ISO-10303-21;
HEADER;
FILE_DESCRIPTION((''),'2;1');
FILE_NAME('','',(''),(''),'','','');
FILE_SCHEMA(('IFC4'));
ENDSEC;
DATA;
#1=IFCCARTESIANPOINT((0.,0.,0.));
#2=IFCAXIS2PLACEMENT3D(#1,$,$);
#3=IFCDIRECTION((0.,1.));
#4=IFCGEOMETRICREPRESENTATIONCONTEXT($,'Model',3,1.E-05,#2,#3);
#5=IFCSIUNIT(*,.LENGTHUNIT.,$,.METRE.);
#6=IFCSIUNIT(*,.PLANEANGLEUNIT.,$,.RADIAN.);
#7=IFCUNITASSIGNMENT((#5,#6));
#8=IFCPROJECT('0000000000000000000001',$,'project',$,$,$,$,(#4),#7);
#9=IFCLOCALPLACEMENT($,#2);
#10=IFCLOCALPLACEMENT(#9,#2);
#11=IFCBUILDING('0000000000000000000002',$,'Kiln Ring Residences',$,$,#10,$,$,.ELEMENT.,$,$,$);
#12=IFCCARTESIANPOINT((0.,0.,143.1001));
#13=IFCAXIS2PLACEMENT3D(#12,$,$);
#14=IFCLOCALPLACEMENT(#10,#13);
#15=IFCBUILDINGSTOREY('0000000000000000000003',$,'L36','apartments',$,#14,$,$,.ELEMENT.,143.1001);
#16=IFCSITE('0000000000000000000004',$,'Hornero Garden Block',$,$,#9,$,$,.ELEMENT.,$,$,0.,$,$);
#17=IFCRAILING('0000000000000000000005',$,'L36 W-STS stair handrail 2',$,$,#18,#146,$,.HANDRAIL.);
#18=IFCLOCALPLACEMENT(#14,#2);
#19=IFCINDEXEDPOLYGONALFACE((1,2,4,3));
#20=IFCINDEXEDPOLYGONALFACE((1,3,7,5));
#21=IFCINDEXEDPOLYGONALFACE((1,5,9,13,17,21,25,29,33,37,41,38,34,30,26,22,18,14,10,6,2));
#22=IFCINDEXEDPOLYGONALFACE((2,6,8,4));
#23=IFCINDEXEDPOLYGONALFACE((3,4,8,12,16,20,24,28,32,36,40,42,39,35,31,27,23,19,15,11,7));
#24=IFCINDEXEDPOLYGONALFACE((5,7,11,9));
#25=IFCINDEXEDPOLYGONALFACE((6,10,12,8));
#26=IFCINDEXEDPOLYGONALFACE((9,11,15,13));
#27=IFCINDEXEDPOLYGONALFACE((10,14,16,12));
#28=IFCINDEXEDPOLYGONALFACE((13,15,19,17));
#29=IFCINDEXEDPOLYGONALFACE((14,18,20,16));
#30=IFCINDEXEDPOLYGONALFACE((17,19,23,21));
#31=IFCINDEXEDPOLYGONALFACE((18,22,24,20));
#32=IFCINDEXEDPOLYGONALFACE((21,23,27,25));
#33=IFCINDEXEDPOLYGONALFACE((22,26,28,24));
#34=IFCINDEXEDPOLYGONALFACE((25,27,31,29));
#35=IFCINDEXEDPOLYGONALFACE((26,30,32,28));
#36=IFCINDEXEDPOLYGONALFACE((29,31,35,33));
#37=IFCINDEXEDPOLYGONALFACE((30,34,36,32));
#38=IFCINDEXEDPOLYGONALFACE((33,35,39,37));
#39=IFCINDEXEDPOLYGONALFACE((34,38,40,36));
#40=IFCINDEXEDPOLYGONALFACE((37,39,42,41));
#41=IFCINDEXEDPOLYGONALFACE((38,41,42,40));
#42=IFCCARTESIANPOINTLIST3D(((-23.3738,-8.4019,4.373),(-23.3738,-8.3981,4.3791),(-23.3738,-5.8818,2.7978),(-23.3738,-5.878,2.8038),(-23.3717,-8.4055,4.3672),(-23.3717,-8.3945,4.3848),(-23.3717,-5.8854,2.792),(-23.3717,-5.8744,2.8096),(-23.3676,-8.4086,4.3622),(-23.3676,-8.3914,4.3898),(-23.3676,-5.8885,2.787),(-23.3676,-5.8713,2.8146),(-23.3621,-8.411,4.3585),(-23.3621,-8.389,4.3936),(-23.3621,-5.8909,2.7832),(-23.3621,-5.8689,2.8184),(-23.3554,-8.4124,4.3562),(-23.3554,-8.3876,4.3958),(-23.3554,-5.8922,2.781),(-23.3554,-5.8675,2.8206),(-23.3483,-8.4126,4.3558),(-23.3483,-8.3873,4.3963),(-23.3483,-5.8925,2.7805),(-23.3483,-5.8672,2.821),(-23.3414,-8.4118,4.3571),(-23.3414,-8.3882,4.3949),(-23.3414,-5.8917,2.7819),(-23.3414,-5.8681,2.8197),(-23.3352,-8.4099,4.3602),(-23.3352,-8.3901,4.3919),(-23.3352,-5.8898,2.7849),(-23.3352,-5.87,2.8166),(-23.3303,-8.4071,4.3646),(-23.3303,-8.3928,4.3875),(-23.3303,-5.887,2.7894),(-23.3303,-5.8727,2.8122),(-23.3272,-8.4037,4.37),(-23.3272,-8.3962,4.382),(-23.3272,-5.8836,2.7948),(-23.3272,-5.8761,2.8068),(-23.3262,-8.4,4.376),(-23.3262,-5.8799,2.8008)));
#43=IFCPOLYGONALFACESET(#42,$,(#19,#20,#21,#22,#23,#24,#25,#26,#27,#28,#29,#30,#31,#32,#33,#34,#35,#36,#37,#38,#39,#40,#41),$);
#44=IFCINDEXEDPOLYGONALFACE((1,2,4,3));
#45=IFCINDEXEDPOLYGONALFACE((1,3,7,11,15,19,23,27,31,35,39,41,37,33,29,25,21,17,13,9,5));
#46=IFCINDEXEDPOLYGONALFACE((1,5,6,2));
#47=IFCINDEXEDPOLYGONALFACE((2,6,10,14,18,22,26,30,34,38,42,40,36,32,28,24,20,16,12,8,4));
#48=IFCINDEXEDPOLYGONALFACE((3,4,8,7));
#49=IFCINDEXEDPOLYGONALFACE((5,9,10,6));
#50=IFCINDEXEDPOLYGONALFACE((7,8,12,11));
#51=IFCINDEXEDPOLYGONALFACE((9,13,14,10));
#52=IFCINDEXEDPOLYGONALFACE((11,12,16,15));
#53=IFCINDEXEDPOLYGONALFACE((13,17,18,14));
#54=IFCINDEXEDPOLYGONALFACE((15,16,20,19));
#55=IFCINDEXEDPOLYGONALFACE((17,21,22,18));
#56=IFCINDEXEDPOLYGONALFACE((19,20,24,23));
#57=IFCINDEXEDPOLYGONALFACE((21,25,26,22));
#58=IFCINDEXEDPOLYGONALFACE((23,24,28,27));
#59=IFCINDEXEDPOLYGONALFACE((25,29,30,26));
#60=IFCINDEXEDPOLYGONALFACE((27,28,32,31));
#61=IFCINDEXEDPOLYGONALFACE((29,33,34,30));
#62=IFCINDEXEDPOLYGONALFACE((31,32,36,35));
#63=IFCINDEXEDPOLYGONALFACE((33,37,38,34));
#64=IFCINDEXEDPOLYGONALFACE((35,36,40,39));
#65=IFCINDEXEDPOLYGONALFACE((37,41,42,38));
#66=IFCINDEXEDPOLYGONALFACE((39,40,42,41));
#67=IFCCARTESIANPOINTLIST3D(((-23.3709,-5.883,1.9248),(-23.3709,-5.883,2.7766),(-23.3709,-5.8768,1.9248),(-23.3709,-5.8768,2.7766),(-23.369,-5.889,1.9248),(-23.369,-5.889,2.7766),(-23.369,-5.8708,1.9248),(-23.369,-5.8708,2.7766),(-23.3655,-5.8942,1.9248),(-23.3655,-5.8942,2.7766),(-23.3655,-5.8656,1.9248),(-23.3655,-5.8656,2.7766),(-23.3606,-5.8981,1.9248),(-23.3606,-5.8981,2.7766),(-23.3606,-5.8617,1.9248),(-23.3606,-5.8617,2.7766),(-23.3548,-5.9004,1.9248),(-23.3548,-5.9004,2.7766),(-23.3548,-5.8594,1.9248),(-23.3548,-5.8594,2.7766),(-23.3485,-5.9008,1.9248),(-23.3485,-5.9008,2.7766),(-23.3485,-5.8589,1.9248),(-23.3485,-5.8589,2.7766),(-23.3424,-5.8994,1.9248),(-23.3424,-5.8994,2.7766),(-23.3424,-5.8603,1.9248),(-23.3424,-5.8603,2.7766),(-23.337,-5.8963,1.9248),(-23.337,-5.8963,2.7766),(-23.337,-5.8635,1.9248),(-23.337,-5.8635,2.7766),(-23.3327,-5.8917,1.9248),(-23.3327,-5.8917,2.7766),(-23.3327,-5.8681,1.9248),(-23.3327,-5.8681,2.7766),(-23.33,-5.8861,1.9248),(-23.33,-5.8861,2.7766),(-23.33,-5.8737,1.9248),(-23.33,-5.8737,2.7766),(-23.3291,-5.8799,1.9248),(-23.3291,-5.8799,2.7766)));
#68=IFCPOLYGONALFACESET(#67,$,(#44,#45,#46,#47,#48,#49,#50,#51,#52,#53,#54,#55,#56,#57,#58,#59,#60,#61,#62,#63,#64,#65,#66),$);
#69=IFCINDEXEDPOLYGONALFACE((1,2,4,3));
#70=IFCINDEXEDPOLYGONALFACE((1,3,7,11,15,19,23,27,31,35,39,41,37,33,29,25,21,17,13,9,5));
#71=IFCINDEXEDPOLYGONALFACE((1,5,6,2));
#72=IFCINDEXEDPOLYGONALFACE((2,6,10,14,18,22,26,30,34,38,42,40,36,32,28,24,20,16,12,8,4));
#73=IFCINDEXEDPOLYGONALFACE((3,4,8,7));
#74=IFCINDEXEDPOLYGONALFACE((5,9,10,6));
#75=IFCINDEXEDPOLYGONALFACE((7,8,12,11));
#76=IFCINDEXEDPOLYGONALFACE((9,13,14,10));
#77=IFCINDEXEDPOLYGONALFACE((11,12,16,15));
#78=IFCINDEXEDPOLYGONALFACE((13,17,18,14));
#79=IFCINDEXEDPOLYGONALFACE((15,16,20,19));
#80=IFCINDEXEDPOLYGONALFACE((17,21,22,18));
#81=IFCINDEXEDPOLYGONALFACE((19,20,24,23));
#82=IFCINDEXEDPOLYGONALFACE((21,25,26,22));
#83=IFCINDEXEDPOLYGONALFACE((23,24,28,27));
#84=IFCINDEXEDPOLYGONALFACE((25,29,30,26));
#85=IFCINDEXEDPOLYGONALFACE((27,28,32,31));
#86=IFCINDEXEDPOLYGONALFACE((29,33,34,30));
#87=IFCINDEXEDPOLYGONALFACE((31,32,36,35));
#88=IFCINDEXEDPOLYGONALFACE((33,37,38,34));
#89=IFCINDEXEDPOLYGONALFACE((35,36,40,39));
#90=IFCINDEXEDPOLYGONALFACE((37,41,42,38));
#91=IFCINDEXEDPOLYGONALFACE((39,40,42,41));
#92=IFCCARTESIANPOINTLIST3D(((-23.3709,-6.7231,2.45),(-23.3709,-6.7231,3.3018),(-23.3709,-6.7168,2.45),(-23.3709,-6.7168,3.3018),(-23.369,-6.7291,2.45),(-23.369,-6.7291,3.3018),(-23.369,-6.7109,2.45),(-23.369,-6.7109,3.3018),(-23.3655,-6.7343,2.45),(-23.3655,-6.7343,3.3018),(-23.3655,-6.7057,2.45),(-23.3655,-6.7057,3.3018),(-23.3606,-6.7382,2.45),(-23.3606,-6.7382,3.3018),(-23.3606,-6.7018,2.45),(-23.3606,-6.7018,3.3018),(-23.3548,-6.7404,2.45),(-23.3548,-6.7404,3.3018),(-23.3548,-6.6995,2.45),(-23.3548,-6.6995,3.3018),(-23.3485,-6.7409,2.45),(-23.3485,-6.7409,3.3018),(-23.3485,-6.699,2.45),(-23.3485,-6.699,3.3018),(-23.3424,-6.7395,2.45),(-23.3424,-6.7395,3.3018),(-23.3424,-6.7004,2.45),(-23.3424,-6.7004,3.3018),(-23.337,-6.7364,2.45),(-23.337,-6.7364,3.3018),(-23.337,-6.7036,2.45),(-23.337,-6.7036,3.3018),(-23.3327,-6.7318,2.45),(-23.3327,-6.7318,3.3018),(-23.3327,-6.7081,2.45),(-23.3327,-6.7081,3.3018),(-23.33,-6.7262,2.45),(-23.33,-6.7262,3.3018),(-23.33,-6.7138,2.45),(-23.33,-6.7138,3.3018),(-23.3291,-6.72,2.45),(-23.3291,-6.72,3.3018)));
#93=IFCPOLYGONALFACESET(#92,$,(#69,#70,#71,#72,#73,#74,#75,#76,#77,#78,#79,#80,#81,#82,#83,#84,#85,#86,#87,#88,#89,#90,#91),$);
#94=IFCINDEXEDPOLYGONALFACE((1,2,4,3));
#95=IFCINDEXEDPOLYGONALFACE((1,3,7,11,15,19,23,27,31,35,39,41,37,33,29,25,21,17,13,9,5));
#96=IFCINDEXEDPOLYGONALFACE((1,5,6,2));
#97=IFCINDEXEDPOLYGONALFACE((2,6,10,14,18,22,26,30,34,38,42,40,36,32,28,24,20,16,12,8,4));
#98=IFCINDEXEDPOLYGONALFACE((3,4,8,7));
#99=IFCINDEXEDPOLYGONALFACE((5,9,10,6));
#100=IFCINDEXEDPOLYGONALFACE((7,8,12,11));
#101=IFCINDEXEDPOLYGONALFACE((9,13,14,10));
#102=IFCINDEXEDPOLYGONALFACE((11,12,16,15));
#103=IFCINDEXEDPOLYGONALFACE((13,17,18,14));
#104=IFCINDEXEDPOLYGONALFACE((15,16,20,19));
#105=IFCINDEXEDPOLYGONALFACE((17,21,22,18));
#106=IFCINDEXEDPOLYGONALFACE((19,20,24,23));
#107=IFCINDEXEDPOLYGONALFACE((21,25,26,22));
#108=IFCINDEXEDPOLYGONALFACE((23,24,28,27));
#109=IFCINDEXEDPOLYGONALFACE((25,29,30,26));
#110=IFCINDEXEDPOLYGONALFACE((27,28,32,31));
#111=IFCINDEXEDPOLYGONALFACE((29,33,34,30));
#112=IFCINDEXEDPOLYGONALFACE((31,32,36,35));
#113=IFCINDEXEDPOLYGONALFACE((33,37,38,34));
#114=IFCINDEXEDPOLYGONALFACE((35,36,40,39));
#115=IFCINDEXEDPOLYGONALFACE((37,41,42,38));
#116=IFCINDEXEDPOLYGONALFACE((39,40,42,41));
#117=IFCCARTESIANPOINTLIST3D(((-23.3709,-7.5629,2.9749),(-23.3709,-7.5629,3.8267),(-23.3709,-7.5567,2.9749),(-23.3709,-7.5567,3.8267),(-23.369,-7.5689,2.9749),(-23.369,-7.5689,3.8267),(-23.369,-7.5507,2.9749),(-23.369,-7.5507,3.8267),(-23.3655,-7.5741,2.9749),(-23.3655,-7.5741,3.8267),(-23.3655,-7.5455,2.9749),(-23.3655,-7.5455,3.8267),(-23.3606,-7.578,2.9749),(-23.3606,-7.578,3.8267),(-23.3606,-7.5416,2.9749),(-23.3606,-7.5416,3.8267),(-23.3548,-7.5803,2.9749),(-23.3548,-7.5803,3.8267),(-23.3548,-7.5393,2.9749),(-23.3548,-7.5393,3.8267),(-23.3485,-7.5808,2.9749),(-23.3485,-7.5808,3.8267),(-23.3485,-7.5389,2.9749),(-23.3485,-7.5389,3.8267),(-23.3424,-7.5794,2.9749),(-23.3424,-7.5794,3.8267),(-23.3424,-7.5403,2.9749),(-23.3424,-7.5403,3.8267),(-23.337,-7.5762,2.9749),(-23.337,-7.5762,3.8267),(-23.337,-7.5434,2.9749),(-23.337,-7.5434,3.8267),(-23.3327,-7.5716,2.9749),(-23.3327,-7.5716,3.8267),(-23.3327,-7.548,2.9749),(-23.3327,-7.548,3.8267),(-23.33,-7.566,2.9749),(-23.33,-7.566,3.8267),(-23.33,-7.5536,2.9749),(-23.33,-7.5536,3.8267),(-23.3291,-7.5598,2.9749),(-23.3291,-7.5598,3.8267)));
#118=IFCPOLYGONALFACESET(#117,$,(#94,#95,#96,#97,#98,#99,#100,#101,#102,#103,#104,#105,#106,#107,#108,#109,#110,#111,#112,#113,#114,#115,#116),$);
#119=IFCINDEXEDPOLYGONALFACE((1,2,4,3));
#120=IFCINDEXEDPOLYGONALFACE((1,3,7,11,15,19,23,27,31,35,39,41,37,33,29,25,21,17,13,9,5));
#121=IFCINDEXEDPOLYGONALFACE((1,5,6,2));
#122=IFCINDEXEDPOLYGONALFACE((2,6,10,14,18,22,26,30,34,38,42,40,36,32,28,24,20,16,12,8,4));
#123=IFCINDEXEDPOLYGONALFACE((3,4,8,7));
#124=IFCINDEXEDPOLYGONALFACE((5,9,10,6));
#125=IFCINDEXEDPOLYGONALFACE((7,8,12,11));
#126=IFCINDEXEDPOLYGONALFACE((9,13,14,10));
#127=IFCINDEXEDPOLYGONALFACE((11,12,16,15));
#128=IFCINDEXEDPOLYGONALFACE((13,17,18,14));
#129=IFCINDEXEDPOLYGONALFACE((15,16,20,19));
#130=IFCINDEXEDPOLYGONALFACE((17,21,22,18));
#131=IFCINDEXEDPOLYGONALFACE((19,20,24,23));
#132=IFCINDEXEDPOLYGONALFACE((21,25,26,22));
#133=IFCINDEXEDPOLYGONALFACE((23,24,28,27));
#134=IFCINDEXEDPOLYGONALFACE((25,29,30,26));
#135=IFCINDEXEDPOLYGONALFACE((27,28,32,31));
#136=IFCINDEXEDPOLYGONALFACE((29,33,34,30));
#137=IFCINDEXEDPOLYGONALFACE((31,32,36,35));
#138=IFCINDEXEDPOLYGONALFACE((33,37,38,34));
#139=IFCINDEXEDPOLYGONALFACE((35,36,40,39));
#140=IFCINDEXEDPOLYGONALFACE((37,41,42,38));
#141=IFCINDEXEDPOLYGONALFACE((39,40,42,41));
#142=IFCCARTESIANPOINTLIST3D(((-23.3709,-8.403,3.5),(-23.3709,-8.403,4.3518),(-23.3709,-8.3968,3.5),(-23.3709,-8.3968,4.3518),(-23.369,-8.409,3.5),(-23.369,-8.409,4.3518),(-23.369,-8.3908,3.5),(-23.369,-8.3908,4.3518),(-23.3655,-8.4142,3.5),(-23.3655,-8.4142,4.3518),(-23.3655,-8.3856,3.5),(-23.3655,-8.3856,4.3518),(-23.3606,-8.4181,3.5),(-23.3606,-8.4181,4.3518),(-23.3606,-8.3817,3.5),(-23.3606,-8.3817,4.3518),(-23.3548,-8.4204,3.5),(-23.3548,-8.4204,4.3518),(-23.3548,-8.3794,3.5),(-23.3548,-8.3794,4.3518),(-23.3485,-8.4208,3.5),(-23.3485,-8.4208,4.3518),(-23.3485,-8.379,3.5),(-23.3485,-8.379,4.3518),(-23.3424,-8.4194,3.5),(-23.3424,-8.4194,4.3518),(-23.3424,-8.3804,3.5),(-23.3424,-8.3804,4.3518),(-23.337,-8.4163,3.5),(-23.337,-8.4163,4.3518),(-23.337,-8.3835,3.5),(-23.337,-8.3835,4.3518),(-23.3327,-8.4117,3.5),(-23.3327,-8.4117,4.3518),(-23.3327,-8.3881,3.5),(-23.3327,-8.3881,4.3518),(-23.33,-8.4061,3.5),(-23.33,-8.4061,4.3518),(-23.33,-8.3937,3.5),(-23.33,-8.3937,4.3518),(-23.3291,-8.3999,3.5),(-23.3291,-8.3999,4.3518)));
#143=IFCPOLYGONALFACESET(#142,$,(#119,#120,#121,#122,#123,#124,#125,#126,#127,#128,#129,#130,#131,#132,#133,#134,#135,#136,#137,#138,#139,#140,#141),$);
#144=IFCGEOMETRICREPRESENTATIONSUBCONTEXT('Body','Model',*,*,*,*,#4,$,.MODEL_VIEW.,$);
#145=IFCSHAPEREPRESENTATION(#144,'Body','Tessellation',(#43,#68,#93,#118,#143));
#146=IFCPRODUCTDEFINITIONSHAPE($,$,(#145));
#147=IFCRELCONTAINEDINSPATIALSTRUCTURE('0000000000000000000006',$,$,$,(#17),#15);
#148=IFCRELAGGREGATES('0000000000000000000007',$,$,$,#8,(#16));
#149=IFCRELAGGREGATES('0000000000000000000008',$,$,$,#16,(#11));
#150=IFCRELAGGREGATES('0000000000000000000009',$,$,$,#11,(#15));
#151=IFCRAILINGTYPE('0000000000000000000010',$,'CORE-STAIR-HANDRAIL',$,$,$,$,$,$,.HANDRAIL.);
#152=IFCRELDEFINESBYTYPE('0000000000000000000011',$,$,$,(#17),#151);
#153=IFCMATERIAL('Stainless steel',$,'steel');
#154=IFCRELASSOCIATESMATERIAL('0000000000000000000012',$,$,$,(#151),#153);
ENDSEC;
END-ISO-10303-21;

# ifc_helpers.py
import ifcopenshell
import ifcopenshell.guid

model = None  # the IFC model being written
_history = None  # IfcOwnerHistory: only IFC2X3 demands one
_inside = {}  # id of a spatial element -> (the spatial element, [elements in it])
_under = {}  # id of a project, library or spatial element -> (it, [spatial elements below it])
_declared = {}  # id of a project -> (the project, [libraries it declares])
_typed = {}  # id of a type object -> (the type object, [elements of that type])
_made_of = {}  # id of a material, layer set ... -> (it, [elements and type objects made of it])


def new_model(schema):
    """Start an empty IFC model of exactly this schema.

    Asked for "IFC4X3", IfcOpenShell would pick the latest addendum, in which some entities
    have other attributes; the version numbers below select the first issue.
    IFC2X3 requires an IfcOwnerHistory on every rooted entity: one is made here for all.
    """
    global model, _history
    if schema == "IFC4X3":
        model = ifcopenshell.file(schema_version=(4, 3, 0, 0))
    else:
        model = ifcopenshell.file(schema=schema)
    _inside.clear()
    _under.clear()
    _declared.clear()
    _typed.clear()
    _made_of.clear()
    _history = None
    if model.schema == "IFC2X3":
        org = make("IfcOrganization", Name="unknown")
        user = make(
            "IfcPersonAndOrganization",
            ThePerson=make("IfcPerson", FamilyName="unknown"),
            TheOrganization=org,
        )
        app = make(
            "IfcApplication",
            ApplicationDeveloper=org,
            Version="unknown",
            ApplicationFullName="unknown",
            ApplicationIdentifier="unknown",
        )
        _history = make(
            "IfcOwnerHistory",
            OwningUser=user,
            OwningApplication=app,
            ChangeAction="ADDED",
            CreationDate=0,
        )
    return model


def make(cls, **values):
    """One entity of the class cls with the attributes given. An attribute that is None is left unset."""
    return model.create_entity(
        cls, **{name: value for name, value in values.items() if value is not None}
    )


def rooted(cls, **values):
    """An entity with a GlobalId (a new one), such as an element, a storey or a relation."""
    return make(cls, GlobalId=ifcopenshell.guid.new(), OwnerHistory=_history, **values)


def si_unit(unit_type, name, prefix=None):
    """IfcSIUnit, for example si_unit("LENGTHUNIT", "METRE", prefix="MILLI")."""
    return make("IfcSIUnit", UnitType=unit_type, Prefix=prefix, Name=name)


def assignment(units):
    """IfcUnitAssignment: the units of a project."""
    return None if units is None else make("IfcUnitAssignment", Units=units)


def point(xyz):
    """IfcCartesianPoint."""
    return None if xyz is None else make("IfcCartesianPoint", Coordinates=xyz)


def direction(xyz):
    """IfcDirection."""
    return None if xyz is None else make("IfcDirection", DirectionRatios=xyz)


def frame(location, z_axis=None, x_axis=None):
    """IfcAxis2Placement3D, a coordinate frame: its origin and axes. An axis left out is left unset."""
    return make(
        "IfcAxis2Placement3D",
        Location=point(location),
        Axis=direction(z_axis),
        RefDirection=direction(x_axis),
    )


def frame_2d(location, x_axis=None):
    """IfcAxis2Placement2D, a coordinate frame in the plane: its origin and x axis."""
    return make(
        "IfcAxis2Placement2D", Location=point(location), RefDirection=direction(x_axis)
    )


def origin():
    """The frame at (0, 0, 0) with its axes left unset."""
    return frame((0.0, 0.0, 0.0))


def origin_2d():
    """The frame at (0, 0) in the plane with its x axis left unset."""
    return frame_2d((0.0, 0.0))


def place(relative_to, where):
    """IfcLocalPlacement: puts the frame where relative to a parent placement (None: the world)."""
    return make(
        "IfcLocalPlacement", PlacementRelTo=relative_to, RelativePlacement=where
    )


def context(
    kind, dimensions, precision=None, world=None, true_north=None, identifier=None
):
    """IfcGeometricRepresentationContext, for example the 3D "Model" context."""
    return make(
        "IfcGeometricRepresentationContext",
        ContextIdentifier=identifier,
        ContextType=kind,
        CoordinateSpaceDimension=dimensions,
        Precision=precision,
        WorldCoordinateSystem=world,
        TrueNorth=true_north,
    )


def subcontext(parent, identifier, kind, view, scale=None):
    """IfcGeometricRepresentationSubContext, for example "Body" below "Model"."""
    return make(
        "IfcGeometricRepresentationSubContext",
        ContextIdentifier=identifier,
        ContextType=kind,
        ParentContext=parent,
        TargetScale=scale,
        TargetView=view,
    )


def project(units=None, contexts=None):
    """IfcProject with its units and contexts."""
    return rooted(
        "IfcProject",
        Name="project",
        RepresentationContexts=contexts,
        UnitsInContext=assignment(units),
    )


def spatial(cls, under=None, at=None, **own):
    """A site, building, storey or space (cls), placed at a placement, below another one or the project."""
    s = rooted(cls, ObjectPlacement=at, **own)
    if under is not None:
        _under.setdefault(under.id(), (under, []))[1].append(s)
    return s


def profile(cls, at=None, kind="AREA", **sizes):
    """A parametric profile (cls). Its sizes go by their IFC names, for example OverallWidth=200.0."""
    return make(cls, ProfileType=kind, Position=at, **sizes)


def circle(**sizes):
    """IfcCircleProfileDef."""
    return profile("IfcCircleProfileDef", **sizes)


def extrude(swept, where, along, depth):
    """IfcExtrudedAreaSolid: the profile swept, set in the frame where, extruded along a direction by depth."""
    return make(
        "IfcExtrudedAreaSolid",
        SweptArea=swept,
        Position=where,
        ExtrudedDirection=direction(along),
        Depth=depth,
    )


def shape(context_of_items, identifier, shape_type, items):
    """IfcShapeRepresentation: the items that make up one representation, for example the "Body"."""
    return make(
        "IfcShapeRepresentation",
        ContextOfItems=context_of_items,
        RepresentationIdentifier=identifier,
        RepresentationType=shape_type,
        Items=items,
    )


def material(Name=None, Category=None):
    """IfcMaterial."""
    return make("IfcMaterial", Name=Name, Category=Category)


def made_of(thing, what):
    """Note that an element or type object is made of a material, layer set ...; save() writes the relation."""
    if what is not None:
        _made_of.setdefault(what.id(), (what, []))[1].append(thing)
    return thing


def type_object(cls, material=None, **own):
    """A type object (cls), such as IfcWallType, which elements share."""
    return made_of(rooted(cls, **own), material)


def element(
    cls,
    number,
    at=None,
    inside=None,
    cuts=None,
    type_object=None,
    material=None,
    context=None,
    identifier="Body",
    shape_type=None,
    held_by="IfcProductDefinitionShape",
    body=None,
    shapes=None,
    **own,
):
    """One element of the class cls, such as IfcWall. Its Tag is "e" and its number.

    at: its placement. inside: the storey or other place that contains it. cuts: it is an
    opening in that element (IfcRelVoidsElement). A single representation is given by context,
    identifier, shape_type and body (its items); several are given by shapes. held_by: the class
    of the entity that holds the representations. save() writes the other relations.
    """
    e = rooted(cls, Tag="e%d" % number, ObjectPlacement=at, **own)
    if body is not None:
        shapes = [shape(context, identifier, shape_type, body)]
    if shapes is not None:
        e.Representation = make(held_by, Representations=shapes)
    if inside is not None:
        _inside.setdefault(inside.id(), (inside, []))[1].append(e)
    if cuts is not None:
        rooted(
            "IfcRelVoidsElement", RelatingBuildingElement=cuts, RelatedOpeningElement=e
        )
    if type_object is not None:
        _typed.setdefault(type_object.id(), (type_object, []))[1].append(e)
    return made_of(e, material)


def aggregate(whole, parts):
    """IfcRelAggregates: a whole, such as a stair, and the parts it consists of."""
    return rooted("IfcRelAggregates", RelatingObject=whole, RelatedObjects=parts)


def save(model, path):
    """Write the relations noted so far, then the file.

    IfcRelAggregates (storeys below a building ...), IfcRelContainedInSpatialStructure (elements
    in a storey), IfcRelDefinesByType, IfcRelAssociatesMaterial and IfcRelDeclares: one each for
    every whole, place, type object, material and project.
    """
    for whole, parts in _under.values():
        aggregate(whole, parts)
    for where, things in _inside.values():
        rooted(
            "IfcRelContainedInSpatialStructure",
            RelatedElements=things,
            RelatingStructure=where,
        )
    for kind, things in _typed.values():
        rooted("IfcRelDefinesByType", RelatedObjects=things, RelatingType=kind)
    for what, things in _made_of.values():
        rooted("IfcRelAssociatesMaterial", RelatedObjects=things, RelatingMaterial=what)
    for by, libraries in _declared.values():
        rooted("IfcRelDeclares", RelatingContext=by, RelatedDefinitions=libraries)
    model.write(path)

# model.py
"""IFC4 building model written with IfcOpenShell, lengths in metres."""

from ifc_helpers import new_model, si_unit, direction, frame, origin, origin_2d, place, context, subcontext, project, spatial, circle, extrude, material, type_object, element, save


model = new_model("IFC4")

# Units and contexts
model_context = context("Model", 3, precision=1e-05, world=origin(), true_north=direction((0.0, 1.0)))
body_context = subcontext(model_context, "Body", "Model", "MODEL_VIEW")
ifc_project = project(units=[si_unit("LENGTHUNIT", "METRE"), si_unit("PLANEANGLEUNIT", "RADIAN")], contexts=[model_context])

# Site, building, storey
site_placement = place(None, origin())
site = spatial("IfcSite", under=ifc_project, at=site_placement, Name="Hornero Garden Block", CompositionType="ELEMENT", RefElevation=0.0)
building_placement = place(site_placement, origin())
building = spatial("IfcBuilding", under=site, at=building_placement, Name="Kiln Ring Residences", CompositionType="ELEMENT")
storey_placement = place(building_placement, frame((0.0, 0.0, 143.1001)))
storey = spatial("IfcBuildingStorey", under=building, at=storey_placement, Name="L36", Description="apartments", CompositionType="ELEMENT", Elevation=143.1001)

# Railing
ifc_material_1 = material(Name="Stainless steel", Category="steel")
railing_type_1 = type_object("IfcRailingType", Name="CORE-STAIR-HANDRAIL", PredefinedType="HANDRAIL", material=ifc_material_1)
railing_1_placement = place(storey_placement, frame((-23.3501, -5.8799, 1.9248)))
element("IfcRailing", 1, at=railing_1_placement, inside=storey, type_object=railing_type_1, Name="L36 W-STS stair handrail 2", PredefinedType="HANDRAIL", context=body_context, shape_type="SweptSolid", body=[
    extrude(circle(Radius=0.0239, at=origin_2d()), frame((0.0, 0.0, 0.876), z_axis=(0.0, -0.847971, 0.530043), x_axis=(1.0, 0.0, 0.0)), (0.0, 0.0, 1.0), 2.9719),
    extrude(circle(Radius=0.021, at=origin_2d()), origin(), (0.0, 0.0, 1.0), 0.8518),
    extrude(circle(Radius=0.021, at=origin_2d()), frame((0.0, -0.8401, 0.5251)), (0.0, 0.0, 1.0), 0.8518),
    extrude(circle(Radius=0.021, at=origin_2d()), frame((0.0, -1.6799, 1.05)), (0.0, 0.0, 1.0), 0.8518),
    extrude(circle(Radius=0.021, at=origin_2d()), frame((0.0, -2.52, 1.5752)), (0.0, 0.0, 1.0), 0.8518),
])

save(model, "model.ifc")
